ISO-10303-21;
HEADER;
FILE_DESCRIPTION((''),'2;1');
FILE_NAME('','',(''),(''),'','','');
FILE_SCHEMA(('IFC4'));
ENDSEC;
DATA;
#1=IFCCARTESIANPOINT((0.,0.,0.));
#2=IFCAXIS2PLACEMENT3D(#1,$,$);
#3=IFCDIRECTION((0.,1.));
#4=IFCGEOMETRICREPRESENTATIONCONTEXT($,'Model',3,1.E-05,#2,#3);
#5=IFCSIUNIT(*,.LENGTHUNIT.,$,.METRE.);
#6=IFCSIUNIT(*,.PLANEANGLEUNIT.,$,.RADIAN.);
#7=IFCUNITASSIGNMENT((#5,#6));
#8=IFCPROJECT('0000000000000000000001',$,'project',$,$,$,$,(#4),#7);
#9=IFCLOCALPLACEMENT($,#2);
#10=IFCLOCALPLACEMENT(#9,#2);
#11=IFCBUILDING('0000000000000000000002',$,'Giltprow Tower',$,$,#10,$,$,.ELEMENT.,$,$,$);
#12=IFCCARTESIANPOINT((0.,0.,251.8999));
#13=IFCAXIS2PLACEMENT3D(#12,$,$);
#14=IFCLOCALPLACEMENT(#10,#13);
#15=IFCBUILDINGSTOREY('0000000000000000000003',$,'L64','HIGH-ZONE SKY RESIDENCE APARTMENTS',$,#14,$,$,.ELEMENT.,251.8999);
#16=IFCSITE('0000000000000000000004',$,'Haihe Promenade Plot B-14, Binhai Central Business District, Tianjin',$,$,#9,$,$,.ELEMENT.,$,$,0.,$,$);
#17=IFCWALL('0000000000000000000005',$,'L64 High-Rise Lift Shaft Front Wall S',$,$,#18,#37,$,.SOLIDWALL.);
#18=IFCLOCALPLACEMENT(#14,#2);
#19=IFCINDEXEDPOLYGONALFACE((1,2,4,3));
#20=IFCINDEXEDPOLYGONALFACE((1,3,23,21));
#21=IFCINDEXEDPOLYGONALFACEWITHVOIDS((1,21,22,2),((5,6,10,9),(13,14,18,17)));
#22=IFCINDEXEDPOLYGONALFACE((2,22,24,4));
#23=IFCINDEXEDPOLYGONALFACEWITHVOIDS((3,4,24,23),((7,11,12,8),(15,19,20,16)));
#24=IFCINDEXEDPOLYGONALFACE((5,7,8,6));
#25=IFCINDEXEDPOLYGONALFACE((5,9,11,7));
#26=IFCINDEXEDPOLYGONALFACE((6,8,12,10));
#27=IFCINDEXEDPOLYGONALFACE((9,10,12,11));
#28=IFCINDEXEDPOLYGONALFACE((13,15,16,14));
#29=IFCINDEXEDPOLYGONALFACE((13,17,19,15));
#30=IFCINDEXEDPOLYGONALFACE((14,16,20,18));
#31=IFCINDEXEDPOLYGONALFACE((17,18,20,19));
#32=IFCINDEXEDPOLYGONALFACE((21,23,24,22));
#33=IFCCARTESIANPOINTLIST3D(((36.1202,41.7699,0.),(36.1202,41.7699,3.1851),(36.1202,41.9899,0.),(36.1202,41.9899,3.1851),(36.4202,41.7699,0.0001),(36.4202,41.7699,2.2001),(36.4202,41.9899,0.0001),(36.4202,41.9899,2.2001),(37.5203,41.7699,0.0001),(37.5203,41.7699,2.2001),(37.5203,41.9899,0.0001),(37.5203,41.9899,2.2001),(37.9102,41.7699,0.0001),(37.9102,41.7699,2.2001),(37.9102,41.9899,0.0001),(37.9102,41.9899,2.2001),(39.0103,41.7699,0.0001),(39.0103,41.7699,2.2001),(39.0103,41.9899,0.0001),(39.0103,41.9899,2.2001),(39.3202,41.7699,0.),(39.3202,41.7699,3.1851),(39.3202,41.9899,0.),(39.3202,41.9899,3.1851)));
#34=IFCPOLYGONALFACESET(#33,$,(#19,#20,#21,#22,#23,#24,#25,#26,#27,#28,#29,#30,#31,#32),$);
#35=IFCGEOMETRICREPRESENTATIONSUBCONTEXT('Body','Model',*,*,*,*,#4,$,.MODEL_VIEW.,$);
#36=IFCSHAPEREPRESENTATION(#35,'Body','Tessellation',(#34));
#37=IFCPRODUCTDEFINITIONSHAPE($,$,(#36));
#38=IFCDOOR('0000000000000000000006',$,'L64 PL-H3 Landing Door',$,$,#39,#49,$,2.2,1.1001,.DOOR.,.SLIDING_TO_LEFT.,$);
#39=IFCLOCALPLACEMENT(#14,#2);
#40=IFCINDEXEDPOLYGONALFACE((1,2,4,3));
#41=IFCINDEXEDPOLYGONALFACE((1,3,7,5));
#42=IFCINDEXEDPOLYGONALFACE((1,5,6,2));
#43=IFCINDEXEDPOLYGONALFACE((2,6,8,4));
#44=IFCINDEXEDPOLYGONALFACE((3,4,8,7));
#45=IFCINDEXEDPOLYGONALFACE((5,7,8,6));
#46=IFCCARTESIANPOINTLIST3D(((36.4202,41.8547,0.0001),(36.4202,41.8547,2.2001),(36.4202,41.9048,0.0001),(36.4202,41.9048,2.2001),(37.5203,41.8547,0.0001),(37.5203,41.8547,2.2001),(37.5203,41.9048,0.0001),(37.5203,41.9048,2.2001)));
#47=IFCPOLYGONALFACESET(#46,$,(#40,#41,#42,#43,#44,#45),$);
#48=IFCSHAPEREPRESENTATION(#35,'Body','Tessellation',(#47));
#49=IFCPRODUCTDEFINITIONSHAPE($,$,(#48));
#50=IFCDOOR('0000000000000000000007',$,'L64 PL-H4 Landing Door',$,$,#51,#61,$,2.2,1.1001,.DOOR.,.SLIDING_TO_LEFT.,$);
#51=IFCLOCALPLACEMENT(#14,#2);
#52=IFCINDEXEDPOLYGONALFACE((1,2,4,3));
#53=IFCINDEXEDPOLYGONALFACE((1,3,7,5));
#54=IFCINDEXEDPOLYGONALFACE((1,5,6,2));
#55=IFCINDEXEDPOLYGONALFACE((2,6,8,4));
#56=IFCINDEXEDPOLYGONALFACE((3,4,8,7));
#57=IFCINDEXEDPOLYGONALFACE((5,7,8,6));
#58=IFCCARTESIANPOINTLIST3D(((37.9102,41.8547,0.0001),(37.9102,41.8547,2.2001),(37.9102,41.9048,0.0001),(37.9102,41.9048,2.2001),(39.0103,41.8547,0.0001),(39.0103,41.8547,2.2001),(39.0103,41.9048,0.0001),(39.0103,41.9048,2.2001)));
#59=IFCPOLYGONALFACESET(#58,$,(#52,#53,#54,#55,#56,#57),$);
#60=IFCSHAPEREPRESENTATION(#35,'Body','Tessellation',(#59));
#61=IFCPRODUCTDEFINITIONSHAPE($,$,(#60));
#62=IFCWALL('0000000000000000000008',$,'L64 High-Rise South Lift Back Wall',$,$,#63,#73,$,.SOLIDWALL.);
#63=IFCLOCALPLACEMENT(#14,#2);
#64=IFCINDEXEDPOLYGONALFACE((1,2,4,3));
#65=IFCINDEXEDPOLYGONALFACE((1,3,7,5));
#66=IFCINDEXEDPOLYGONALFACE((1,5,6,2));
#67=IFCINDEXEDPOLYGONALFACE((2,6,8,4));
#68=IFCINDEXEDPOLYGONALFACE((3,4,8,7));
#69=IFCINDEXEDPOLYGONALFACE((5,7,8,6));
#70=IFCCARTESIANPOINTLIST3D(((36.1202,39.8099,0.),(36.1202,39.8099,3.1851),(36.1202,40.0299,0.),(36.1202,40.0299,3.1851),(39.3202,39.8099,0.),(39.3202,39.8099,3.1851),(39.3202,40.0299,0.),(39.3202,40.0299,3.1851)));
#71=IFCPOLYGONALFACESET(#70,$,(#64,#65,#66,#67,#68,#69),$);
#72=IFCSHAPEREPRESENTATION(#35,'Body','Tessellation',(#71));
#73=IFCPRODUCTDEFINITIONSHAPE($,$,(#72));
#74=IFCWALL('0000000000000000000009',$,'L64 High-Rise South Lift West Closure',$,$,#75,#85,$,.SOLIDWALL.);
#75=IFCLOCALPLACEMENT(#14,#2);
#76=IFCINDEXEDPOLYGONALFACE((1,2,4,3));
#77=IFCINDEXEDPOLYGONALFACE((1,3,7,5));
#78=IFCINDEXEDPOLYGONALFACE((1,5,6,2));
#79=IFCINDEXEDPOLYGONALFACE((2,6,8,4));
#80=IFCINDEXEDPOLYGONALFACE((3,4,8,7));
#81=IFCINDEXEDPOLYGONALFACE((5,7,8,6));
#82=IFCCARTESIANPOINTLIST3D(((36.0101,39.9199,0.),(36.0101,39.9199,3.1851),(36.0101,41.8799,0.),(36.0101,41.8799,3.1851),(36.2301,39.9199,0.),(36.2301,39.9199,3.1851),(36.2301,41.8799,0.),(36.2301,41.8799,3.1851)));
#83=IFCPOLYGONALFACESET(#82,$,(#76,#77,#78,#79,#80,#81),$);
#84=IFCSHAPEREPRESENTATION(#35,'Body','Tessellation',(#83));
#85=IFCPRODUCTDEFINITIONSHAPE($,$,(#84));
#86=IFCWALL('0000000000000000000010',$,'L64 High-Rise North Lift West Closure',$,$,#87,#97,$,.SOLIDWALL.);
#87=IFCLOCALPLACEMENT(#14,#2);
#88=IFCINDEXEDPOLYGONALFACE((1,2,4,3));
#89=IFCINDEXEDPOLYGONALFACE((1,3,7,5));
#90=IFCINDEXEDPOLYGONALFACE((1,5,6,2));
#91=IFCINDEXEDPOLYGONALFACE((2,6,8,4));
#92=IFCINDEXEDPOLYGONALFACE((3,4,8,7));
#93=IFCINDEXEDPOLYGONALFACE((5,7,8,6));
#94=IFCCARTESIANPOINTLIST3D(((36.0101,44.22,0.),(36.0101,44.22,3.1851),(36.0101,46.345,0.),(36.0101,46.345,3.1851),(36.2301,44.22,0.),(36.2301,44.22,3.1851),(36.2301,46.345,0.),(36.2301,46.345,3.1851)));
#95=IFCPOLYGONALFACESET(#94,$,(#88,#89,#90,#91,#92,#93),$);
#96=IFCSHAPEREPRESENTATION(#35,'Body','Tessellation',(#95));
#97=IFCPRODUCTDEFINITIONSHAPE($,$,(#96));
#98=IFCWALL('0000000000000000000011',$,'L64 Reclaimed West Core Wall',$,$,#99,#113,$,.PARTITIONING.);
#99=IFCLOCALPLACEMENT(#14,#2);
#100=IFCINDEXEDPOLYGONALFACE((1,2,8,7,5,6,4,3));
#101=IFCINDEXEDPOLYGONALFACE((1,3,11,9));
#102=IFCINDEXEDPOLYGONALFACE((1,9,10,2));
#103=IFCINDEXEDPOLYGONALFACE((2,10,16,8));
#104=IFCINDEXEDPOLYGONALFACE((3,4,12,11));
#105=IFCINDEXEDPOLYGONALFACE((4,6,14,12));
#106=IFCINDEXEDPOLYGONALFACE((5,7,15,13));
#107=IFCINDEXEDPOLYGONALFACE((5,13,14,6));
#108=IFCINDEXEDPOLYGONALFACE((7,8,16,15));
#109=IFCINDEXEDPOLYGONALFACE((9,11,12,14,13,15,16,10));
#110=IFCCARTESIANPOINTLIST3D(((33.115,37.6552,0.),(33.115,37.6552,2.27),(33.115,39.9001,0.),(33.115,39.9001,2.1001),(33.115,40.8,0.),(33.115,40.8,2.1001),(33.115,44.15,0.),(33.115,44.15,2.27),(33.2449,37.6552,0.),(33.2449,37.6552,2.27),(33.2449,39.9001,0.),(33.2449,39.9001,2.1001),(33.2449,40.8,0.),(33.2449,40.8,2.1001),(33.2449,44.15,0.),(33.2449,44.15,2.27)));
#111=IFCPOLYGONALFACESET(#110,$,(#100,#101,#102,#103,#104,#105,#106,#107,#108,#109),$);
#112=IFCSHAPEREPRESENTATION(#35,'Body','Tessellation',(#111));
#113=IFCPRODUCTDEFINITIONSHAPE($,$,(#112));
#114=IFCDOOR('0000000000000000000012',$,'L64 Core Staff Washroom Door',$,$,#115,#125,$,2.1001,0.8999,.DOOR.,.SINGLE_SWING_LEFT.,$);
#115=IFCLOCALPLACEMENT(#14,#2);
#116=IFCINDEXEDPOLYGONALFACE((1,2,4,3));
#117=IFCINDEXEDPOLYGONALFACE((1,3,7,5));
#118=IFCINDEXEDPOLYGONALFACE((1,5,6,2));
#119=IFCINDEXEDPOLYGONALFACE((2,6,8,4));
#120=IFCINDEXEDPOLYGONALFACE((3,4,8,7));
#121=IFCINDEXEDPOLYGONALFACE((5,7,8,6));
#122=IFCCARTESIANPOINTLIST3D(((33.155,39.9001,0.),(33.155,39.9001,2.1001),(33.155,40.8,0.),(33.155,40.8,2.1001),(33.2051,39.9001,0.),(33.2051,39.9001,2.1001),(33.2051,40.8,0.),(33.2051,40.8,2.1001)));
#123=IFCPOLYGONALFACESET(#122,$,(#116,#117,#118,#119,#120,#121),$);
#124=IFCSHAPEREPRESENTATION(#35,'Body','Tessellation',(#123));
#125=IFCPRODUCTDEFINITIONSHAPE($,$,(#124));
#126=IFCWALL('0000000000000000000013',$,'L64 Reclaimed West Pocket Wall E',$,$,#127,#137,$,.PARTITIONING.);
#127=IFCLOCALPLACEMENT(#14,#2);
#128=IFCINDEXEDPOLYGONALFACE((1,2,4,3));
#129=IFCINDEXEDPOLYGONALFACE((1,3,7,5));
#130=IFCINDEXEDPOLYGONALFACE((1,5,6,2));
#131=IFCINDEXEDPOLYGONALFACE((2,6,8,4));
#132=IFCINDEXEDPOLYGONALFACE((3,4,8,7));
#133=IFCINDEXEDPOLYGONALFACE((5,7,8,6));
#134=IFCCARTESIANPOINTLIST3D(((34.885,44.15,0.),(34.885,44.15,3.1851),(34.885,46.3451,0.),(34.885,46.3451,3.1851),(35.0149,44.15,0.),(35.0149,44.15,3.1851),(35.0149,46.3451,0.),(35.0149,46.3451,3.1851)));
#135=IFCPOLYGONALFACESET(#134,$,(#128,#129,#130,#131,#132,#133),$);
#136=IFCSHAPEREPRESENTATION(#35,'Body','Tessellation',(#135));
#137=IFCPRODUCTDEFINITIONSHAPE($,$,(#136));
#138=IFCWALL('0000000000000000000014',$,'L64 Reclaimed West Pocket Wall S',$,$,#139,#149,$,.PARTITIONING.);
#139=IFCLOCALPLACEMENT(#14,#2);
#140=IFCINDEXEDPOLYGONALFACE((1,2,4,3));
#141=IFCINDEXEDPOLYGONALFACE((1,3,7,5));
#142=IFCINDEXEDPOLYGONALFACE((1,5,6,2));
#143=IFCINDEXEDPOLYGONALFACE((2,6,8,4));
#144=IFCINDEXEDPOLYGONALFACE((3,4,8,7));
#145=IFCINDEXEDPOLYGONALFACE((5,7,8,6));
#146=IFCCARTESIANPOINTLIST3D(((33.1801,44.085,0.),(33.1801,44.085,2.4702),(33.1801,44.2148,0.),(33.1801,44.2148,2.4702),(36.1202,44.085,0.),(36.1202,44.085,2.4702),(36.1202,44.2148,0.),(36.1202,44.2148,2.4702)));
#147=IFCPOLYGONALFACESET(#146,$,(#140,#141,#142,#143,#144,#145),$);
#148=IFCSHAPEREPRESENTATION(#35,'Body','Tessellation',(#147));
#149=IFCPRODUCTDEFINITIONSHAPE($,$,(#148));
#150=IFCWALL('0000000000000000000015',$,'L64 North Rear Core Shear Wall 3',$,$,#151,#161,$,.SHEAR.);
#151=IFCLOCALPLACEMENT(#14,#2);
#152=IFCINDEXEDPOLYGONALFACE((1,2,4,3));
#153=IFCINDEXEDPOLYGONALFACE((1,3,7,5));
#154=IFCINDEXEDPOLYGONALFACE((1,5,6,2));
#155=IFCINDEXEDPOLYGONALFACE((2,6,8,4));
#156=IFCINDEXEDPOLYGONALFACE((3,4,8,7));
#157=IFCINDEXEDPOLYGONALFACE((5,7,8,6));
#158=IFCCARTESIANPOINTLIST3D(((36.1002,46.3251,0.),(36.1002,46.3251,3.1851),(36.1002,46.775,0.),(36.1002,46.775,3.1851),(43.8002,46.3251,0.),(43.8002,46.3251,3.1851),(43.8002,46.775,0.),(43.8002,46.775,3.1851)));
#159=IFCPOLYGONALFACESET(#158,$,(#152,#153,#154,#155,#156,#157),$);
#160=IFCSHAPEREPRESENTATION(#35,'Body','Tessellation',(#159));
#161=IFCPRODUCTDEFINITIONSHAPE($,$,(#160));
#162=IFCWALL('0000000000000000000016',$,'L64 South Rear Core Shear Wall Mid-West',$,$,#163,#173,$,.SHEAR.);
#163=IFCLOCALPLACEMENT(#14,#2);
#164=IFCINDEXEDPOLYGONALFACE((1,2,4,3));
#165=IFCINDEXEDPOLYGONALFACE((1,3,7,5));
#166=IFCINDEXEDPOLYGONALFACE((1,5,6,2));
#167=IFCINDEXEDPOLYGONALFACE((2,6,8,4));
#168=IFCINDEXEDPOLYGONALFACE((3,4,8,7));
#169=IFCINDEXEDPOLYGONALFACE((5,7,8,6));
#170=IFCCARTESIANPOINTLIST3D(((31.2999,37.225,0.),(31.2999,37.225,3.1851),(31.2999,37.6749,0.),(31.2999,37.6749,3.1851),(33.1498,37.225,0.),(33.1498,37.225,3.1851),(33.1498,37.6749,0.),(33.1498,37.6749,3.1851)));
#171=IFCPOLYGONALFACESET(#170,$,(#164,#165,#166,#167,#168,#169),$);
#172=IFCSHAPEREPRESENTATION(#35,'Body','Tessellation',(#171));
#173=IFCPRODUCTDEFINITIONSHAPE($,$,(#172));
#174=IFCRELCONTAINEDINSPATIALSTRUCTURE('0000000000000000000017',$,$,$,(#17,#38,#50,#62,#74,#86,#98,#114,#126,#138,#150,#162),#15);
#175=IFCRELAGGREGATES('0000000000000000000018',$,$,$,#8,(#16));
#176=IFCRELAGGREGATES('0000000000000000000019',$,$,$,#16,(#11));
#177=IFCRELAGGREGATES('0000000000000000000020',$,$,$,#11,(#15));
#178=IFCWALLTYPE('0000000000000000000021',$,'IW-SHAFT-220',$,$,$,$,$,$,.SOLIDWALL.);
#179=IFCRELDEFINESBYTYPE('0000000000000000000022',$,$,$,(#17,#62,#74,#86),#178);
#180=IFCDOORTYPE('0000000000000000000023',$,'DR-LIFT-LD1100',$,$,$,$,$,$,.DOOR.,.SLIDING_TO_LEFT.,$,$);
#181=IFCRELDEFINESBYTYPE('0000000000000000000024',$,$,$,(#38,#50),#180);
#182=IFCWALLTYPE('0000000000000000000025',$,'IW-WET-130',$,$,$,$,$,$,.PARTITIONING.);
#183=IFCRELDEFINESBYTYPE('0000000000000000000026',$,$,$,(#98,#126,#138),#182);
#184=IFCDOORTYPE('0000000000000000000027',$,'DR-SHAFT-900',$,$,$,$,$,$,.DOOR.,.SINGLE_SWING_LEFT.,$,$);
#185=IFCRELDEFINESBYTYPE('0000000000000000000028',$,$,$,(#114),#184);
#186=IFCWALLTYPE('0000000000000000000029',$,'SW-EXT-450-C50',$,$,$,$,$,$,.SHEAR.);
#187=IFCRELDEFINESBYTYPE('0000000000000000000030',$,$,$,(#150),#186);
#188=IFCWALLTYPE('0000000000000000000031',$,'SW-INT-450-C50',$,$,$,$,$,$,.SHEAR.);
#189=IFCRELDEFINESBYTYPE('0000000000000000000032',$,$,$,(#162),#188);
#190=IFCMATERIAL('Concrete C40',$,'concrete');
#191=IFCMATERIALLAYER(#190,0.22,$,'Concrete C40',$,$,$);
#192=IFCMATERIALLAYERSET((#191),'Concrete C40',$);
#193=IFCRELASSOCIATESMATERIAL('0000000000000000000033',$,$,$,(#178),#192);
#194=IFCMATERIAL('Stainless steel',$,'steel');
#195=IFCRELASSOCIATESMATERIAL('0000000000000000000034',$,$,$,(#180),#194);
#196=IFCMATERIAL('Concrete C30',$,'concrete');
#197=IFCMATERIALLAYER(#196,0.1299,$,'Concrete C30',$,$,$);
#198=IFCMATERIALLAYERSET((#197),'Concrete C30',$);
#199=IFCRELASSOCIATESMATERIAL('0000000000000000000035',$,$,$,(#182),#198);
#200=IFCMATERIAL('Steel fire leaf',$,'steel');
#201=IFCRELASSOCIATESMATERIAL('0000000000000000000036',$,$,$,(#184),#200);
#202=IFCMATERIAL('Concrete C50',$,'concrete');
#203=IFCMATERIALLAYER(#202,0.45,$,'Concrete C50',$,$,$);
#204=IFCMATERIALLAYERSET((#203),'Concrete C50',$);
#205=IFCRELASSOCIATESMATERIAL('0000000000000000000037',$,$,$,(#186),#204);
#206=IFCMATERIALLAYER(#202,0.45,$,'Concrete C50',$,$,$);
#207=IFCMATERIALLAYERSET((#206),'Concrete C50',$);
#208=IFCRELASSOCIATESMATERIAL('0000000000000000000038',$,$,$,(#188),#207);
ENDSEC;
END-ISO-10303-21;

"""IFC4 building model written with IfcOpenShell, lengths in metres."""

from ifc_helpers import new_model, si_unit, direction, frame, frame_2d, origin, place, context, subcontext, project, spatial, rectangle, extrude, source, transform, mapped, material, layer, layer_set, type_object, element, fill, save


model = new_model("IFC4")

# Units and contexts
model_context = context("Model", 3, precision=1e-05, world=origin(), true_north=direction((0.0, 1.0)))
body_context = subcontext(model_context, "Body", "Model", "MODEL_VIEW")
ifc_project = project(units=[si_unit("LENGTHUNIT", "METRE"), si_unit("PLANEANGLEUNIT", "RADIAN")], contexts=[model_context])

# Site, building, storey
site_placement = place(None, origin())
site = spatial("IfcSite", under=ifc_project, at=site_placement, Name="Haihe Promenade Plot B-14, Binhai Central Business District, Tianjin", CompositionType="ELEMENT", RefElevation=0.0)
building_placement = place(site_placement, origin())
building = spatial("IfcBuilding", under=site, at=building_placement, Name="Giltprow Tower", CompositionType="ELEMENT")
storey_placement = place(building_placement, frame((0.0, 0.0, 251.8999)))
storey = spatial("IfcBuildingStorey", under=building, at=storey_placement, Name="L64", Description="HIGH-ZONE SKY RESIDENCE APARTMENTS", CompositionType="ELEMENT", Elevation=251.8999)

# Shared definitions
ifc_material_1 = material(Name="Concrete C50", Category="concrete")

# Wall, openings, doors
ifc_material_2 = material(Name="Concrete C40", Category="concrete")
ifc_layer_1 = layer(ifc_material_2, 0.22, Name="Concrete C40")
ifc_layer_set_1 = layer_set([ifc_layer_1], Name="Concrete C40")
wall_type_1 = type_object("IfcWallType", Name="IW-SHAFT-220", PredefinedType="SOLIDWALL", material=ifc_layer_set_1)
ifc_material_3 = material(Name="Stainless steel", Category="steel")
door_type_1 = type_object("IfcDoorType", Name="DR-LIFT-LD1100", OperationType="SLIDING_TO_LEFT", PredefinedType="DOOR", material=ifc_material_3)
shared_shape_1 = source(origin(), body_context, "Body", "SweptSolid", [
    extrude(rectangle(XDim=1.1001, YDim=2.2, at=frame_2d((0.55, 1.1001))), frame((0.0, 0.0249, 0.0), z_axis=(0.0, -1.0, 0.0), x_axis=(1.0, 0.0, 0.0)), (0.0, 0.0, 1.0), 0.05),
])
wall_1_placement = place(storey_placement, frame((36.1201, 41.8799, 0.0), z_axis=(0.0, 0.0, 1.0), x_axis=(1.0, 0.0, 0.0)))
wall_1 = element("IfcWall", 1, at=wall_1_placement, inside=storey, type_object=wall_type_1, Name="L64 High-Rise Lift Shaft Front Wall S", PredefinedType="SOLIDWALL", context=body_context, shape_type="SweptSolid", body=[
    extrude(rectangle(XDim=3.2, YDim=0.22, at=frame_2d((1.6001, 0.0))), origin(), (0.0, 0.0, 1.0), 3.1851),
])
opening_1_placement = place(wall_1_placement, frame((0.3, 0.0, 0.0)))
opening_1 = element("IfcOpeningElement", 2, at=opening_1_placement, cuts=wall_1, PredefinedType="OPENING", context=body_context, shape_type="SweptSolid", body=[
    extrude(rectangle(XDim=1.1001, YDim=2.2, at=frame_2d((0.55, 1.1001))), frame((0.0, 0.1199, 0.0), z_axis=(0.0, -1.0, 0.0), x_axis=(1.0, 0.0, 0.0)), (0.0, 0.0, 1.0), 0.24),
])
opening_2_placement = place(wall_1_placement, frame((1.79, 0.0, 0.0)))
opening_2 = element("IfcOpeningElement", 3, at=opening_2_placement, cuts=wall_1, PredefinedType="OPENING", context=body_context, shape_type="SweptSolid", body=[
    extrude(rectangle(XDim=1.1001, YDim=2.2, at=frame_2d((0.55, 1.1001))), frame((0.0, 0.1199, 0.0), z_axis=(0.0, -1.0, 0.0), x_axis=(1.0, 0.0, 0.0)), (0.0, 0.0, 1.0), 0.24),
])
door_1_placement = place(opening_1_placement, origin())
door_1 = element("IfcDoor", 4, at=door_1_placement, inside=storey, type_object=door_type_1, Name="L64 PL-H3 Landing Door", OperationType="SLIDING_TO_LEFT", OverallHeight=2.2, OverallWidth=1.1001, PredefinedType="DOOR", context=body_context, shape_type="MappedRepresentation", body=[
    mapped(shared_shape_1, transform((0.0, 0.0, 0.0), x_axis=(1.0, 0.0, 0.0), y_axis=(0.0, 1.0, 0.0), z_axis=(0.0, 0.0, 1.0), scale=1.0)),
])
fill(opening_1, door_1)
door_2_placement = place(opening_2_placement, origin())
door_2 = element("IfcDoor", 5, at=door_2_placement, inside=storey, type_object=door_type_1, Name="L64 PL-H4 Landing Door", OperationType="SLIDING_TO_LEFT", OverallHeight=2.2, OverallWidth=1.1001, PredefinedType="DOOR", context=body_context, shape_type="MappedRepresentation", body=[
    mapped(shared_shape_1, transform((0.0, 0.0, 0.0), x_axis=(1.0, 0.0, 0.0), y_axis=(0.0, 1.0, 0.0), z_axis=(0.0, 0.0, 1.0), scale=1.0)),
])
fill(opening_2, door_2)

# Walls
wall_2_placement = place(storey_placement, frame((36.1201, 39.9199, 0.0), z_axis=(0.0, 0.0, 1.0), x_axis=(1.0, 0.0, 0.0)))
element("IfcWall", 6, at=wall_2_placement, inside=storey, type_object=wall_type_1, Name="L64 High-Rise South Lift Back Wall", PredefinedType="SOLIDWALL", context=body_context, shape_type="SweptSolid", body=[
    extrude(rectangle(XDim=3.2, YDim=0.22, at=frame_2d((1.6001, 0.0))), origin(), (0.0, 0.0, 1.0), 3.1851),
])
wall_3_placement = place(storey_placement, frame((36.1201, 39.9199, 0.0), z_axis=(0.0, 0.0, 1.0), x_axis=(0.0, 1.0, 0.0)))
element("IfcWall", 7, at=wall_3_placement, inside=storey, type_object=wall_type_1, Name="L64 High-Rise South Lift West Closure", PredefinedType="SOLIDWALL", context=body_context, shape_type="SweptSolid", body=[
    extrude(rectangle(XDim=1.96, YDim=0.22, at=frame_2d((0.98, 0.0))), origin(), (0.0, 0.0, 1.0), 3.1851),
])
wall_4_placement = place(storey_placement, frame((36.1201, 44.22, 0.0), z_axis=(0.0, 0.0, 1.0), x_axis=(0.0, 1.0, 0.0)))
element("IfcWall", 8, at=wall_4_placement, inside=storey, type_object=wall_type_1, Name="L64 High-Rise North Lift West Closure", PredefinedType="SOLIDWALL", context=body_context, shape_type="SweptSolid", body=[
    extrude(rectangle(XDim=2.125, YDim=0.22, at=frame_2d((1.0625, 0.0))), origin(), (0.0, 0.0, 1.0), 3.1851),
])

# Wall, opening, door
ifc_material_4 = material(Name="Concrete C30", Category="concrete")
ifc_layer_2 = layer(ifc_material_4, 0.1299, Name="Concrete C30")
ifc_layer_set_2 = layer_set([ifc_layer_2], Name="Concrete C30")
wall_type_2 = type_object("IfcWallType", Name="IW-WET-130", PredefinedType="PARTITIONING", material=ifc_layer_set_2)
wall_5_placement = place(storey_placement, frame((33.1799, 37.655, 0.0), z_axis=(0.0, 0.0, 1.0), x_axis=(0.0, 1.0, 0.0)))
wall_5 = element("IfcWall", 9, at=wall_5_placement, inside=storey, type_object=wall_type_2, Name="L64 Reclaimed West Core Wall", PredefinedType="PARTITIONING", context=body_context, shape_type="SweptSolid", body=[
    extrude(rectangle(XDim=6.4949, YDim=0.1299, at=frame_2d((3.2476, 0.0))), origin(), (0.0, 0.0, 1.0), 2.27),
])
opening_3_placement = place(wall_5_placement, frame((2.2451, 0.0, 0.0)))
opening_3 = element("IfcOpeningElement", 10, at=opening_3_placement, cuts=wall_5, PredefinedType="OPENING", context=body_context, shape_type="SweptSolid", body=[
    extrude(rectangle(XDim=0.8999, YDim=2.1001, at=frame_2d((0.45, 1.05))), frame((0.0, 0.075, 0.0), z_axis=(0.0, -1.0, 0.0), x_axis=(1.0, 0.0, 0.0)), (0.0, 0.0, 1.0), 0.1499),
])
ifc_material_5 = material(Name="Steel fire leaf", Category="steel")
door_type_2 = type_object("IfcDoorType", Name="DR-SHAFT-900", OperationType="SINGLE_SWING_LEFT", PredefinedType="DOOR", material=ifc_material_5)
shared_shape_2 = source(origin(), body_context, "Body", "SweptSolid", [
    extrude(rectangle(XDim=0.8999, YDim=2.1001, at=frame_2d((0.45, 1.05))), frame((0.0, 0.0249, 0.0), z_axis=(0.0, -1.0, 0.0), x_axis=(1.0, 0.0, 0.0)), (0.0, 0.0, 1.0), 0.05),
])
door_3_placement = place(opening_3_placement, origin())
door_3 = element("IfcDoor", 11, at=door_3_placement, inside=storey, type_object=door_type_2, Name="L64 Core Staff Washroom Door", OperationType="SINGLE_SWING_LEFT", OverallHeight=2.1001, OverallWidth=0.8999, PredefinedType="DOOR", context=body_context, shape_type="MappedRepresentation", body=[
    mapped(shared_shape_2, transform((0.0, 0.0, 0.0), x_axis=(1.0, 0.0, 0.0), y_axis=(0.0, 1.0, 0.0), z_axis=(0.0, 0.0, 1.0), scale=1.0)),
])
fill(opening_3, door_3)

# Walls
wall_6_placement = place(storey_placement, frame((34.95, 44.1499, 0.0), z_axis=(0.0, 0.0, 1.0), x_axis=(0.0, 1.0, 0.0)))
element("IfcWall", 12, at=wall_6_placement, inside=storey, type_object=wall_type_2, Name="L64 Reclaimed West Pocket Wall E", PredefinedType="PARTITIONING", context=body_context, shape_type="SweptSolid", body=[
    extrude(rectangle(XDim=2.1951, YDim=0.1299, at=frame_2d((1.0977, 0.0))), origin(), (0.0, 0.0, 1.0), 3.1851),
])
wall_7_placement = place(storey_placement, frame((33.1799, 44.1499, 0.0), z_axis=(0.0, 0.0, 1.0), x_axis=(1.0, 0.0, 0.0)))
element("IfcWall", 13, at=wall_7_placement, inside=storey, type_object=wall_type_2, Name="L64 Reclaimed West Pocket Wall S", PredefinedType="PARTITIONING", context=body_context, shape_type="SweptSolid", body=[
    extrude(rectangle(XDim=2.9402, YDim=0.1299, at=frame_2d((1.4702, 0.0))), origin(), (0.0, 0.0, 1.0), 2.4702),
])
ifc_layer_3 = layer(ifc_material_1, 0.45, Name="Concrete C50")
ifc_layer_set_3 = layer_set([ifc_layer_3], Name="Concrete C50")
wall_type_3 = type_object("IfcWallType", Name="SW-EXT-450-C50", PredefinedType="SHEAR", material=ifc_layer_set_3)
wall_8_placement = place(storey_placement, frame((36.1001, 46.55, 0.0), z_axis=(0.0, 0.0, 1.0), x_axis=(1.0, 0.0, 0.0)))
element("IfcWall", 14, at=wall_8_placement, inside=storey, type_object=wall_type_3, Name="L64 North Rear Core Shear Wall 3", PredefinedType="SHEAR", context=body_context, shape_type="SweptSolid", body=[
    extrude(rectangle(XDim=7.7, YDim=0.45, at=frame_2d((3.8501, 0.0))), origin(), (0.0, 0.0, 1.0), 3.1851),
])
ifc_layer_4 = layer(ifc_material_1, 0.45, Name="Concrete C50")
ifc_layer_set_4 = layer_set([ifc_layer_4], Name="Concrete C50")
wall_type_4 = type_object("IfcWallType", Name="SW-INT-450-C50", PredefinedType="SHEAR", material=ifc_layer_set_4)
wall_9_placement = place(storey_placement, frame((31.3, 37.45, 0.0), z_axis=(0.0, 0.0, 1.0), x_axis=(1.0, 0.0, 0.0)))
element("IfcWall", 15, at=wall_9_placement, inside=storey, type_object=wall_type_4, Name="L64 South Rear Core Shear Wall Mid-West", PredefinedType="SHEAR", context=body_context, shape_type="SweptSolid", body=[
    extrude(rectangle(XDim=1.8499, YDim=0.45, at=frame_2d((0.9248, 0.0))), origin(), (0.0, 0.0, 1.0), 3.1851),
])

save(model, "model.ifc")
